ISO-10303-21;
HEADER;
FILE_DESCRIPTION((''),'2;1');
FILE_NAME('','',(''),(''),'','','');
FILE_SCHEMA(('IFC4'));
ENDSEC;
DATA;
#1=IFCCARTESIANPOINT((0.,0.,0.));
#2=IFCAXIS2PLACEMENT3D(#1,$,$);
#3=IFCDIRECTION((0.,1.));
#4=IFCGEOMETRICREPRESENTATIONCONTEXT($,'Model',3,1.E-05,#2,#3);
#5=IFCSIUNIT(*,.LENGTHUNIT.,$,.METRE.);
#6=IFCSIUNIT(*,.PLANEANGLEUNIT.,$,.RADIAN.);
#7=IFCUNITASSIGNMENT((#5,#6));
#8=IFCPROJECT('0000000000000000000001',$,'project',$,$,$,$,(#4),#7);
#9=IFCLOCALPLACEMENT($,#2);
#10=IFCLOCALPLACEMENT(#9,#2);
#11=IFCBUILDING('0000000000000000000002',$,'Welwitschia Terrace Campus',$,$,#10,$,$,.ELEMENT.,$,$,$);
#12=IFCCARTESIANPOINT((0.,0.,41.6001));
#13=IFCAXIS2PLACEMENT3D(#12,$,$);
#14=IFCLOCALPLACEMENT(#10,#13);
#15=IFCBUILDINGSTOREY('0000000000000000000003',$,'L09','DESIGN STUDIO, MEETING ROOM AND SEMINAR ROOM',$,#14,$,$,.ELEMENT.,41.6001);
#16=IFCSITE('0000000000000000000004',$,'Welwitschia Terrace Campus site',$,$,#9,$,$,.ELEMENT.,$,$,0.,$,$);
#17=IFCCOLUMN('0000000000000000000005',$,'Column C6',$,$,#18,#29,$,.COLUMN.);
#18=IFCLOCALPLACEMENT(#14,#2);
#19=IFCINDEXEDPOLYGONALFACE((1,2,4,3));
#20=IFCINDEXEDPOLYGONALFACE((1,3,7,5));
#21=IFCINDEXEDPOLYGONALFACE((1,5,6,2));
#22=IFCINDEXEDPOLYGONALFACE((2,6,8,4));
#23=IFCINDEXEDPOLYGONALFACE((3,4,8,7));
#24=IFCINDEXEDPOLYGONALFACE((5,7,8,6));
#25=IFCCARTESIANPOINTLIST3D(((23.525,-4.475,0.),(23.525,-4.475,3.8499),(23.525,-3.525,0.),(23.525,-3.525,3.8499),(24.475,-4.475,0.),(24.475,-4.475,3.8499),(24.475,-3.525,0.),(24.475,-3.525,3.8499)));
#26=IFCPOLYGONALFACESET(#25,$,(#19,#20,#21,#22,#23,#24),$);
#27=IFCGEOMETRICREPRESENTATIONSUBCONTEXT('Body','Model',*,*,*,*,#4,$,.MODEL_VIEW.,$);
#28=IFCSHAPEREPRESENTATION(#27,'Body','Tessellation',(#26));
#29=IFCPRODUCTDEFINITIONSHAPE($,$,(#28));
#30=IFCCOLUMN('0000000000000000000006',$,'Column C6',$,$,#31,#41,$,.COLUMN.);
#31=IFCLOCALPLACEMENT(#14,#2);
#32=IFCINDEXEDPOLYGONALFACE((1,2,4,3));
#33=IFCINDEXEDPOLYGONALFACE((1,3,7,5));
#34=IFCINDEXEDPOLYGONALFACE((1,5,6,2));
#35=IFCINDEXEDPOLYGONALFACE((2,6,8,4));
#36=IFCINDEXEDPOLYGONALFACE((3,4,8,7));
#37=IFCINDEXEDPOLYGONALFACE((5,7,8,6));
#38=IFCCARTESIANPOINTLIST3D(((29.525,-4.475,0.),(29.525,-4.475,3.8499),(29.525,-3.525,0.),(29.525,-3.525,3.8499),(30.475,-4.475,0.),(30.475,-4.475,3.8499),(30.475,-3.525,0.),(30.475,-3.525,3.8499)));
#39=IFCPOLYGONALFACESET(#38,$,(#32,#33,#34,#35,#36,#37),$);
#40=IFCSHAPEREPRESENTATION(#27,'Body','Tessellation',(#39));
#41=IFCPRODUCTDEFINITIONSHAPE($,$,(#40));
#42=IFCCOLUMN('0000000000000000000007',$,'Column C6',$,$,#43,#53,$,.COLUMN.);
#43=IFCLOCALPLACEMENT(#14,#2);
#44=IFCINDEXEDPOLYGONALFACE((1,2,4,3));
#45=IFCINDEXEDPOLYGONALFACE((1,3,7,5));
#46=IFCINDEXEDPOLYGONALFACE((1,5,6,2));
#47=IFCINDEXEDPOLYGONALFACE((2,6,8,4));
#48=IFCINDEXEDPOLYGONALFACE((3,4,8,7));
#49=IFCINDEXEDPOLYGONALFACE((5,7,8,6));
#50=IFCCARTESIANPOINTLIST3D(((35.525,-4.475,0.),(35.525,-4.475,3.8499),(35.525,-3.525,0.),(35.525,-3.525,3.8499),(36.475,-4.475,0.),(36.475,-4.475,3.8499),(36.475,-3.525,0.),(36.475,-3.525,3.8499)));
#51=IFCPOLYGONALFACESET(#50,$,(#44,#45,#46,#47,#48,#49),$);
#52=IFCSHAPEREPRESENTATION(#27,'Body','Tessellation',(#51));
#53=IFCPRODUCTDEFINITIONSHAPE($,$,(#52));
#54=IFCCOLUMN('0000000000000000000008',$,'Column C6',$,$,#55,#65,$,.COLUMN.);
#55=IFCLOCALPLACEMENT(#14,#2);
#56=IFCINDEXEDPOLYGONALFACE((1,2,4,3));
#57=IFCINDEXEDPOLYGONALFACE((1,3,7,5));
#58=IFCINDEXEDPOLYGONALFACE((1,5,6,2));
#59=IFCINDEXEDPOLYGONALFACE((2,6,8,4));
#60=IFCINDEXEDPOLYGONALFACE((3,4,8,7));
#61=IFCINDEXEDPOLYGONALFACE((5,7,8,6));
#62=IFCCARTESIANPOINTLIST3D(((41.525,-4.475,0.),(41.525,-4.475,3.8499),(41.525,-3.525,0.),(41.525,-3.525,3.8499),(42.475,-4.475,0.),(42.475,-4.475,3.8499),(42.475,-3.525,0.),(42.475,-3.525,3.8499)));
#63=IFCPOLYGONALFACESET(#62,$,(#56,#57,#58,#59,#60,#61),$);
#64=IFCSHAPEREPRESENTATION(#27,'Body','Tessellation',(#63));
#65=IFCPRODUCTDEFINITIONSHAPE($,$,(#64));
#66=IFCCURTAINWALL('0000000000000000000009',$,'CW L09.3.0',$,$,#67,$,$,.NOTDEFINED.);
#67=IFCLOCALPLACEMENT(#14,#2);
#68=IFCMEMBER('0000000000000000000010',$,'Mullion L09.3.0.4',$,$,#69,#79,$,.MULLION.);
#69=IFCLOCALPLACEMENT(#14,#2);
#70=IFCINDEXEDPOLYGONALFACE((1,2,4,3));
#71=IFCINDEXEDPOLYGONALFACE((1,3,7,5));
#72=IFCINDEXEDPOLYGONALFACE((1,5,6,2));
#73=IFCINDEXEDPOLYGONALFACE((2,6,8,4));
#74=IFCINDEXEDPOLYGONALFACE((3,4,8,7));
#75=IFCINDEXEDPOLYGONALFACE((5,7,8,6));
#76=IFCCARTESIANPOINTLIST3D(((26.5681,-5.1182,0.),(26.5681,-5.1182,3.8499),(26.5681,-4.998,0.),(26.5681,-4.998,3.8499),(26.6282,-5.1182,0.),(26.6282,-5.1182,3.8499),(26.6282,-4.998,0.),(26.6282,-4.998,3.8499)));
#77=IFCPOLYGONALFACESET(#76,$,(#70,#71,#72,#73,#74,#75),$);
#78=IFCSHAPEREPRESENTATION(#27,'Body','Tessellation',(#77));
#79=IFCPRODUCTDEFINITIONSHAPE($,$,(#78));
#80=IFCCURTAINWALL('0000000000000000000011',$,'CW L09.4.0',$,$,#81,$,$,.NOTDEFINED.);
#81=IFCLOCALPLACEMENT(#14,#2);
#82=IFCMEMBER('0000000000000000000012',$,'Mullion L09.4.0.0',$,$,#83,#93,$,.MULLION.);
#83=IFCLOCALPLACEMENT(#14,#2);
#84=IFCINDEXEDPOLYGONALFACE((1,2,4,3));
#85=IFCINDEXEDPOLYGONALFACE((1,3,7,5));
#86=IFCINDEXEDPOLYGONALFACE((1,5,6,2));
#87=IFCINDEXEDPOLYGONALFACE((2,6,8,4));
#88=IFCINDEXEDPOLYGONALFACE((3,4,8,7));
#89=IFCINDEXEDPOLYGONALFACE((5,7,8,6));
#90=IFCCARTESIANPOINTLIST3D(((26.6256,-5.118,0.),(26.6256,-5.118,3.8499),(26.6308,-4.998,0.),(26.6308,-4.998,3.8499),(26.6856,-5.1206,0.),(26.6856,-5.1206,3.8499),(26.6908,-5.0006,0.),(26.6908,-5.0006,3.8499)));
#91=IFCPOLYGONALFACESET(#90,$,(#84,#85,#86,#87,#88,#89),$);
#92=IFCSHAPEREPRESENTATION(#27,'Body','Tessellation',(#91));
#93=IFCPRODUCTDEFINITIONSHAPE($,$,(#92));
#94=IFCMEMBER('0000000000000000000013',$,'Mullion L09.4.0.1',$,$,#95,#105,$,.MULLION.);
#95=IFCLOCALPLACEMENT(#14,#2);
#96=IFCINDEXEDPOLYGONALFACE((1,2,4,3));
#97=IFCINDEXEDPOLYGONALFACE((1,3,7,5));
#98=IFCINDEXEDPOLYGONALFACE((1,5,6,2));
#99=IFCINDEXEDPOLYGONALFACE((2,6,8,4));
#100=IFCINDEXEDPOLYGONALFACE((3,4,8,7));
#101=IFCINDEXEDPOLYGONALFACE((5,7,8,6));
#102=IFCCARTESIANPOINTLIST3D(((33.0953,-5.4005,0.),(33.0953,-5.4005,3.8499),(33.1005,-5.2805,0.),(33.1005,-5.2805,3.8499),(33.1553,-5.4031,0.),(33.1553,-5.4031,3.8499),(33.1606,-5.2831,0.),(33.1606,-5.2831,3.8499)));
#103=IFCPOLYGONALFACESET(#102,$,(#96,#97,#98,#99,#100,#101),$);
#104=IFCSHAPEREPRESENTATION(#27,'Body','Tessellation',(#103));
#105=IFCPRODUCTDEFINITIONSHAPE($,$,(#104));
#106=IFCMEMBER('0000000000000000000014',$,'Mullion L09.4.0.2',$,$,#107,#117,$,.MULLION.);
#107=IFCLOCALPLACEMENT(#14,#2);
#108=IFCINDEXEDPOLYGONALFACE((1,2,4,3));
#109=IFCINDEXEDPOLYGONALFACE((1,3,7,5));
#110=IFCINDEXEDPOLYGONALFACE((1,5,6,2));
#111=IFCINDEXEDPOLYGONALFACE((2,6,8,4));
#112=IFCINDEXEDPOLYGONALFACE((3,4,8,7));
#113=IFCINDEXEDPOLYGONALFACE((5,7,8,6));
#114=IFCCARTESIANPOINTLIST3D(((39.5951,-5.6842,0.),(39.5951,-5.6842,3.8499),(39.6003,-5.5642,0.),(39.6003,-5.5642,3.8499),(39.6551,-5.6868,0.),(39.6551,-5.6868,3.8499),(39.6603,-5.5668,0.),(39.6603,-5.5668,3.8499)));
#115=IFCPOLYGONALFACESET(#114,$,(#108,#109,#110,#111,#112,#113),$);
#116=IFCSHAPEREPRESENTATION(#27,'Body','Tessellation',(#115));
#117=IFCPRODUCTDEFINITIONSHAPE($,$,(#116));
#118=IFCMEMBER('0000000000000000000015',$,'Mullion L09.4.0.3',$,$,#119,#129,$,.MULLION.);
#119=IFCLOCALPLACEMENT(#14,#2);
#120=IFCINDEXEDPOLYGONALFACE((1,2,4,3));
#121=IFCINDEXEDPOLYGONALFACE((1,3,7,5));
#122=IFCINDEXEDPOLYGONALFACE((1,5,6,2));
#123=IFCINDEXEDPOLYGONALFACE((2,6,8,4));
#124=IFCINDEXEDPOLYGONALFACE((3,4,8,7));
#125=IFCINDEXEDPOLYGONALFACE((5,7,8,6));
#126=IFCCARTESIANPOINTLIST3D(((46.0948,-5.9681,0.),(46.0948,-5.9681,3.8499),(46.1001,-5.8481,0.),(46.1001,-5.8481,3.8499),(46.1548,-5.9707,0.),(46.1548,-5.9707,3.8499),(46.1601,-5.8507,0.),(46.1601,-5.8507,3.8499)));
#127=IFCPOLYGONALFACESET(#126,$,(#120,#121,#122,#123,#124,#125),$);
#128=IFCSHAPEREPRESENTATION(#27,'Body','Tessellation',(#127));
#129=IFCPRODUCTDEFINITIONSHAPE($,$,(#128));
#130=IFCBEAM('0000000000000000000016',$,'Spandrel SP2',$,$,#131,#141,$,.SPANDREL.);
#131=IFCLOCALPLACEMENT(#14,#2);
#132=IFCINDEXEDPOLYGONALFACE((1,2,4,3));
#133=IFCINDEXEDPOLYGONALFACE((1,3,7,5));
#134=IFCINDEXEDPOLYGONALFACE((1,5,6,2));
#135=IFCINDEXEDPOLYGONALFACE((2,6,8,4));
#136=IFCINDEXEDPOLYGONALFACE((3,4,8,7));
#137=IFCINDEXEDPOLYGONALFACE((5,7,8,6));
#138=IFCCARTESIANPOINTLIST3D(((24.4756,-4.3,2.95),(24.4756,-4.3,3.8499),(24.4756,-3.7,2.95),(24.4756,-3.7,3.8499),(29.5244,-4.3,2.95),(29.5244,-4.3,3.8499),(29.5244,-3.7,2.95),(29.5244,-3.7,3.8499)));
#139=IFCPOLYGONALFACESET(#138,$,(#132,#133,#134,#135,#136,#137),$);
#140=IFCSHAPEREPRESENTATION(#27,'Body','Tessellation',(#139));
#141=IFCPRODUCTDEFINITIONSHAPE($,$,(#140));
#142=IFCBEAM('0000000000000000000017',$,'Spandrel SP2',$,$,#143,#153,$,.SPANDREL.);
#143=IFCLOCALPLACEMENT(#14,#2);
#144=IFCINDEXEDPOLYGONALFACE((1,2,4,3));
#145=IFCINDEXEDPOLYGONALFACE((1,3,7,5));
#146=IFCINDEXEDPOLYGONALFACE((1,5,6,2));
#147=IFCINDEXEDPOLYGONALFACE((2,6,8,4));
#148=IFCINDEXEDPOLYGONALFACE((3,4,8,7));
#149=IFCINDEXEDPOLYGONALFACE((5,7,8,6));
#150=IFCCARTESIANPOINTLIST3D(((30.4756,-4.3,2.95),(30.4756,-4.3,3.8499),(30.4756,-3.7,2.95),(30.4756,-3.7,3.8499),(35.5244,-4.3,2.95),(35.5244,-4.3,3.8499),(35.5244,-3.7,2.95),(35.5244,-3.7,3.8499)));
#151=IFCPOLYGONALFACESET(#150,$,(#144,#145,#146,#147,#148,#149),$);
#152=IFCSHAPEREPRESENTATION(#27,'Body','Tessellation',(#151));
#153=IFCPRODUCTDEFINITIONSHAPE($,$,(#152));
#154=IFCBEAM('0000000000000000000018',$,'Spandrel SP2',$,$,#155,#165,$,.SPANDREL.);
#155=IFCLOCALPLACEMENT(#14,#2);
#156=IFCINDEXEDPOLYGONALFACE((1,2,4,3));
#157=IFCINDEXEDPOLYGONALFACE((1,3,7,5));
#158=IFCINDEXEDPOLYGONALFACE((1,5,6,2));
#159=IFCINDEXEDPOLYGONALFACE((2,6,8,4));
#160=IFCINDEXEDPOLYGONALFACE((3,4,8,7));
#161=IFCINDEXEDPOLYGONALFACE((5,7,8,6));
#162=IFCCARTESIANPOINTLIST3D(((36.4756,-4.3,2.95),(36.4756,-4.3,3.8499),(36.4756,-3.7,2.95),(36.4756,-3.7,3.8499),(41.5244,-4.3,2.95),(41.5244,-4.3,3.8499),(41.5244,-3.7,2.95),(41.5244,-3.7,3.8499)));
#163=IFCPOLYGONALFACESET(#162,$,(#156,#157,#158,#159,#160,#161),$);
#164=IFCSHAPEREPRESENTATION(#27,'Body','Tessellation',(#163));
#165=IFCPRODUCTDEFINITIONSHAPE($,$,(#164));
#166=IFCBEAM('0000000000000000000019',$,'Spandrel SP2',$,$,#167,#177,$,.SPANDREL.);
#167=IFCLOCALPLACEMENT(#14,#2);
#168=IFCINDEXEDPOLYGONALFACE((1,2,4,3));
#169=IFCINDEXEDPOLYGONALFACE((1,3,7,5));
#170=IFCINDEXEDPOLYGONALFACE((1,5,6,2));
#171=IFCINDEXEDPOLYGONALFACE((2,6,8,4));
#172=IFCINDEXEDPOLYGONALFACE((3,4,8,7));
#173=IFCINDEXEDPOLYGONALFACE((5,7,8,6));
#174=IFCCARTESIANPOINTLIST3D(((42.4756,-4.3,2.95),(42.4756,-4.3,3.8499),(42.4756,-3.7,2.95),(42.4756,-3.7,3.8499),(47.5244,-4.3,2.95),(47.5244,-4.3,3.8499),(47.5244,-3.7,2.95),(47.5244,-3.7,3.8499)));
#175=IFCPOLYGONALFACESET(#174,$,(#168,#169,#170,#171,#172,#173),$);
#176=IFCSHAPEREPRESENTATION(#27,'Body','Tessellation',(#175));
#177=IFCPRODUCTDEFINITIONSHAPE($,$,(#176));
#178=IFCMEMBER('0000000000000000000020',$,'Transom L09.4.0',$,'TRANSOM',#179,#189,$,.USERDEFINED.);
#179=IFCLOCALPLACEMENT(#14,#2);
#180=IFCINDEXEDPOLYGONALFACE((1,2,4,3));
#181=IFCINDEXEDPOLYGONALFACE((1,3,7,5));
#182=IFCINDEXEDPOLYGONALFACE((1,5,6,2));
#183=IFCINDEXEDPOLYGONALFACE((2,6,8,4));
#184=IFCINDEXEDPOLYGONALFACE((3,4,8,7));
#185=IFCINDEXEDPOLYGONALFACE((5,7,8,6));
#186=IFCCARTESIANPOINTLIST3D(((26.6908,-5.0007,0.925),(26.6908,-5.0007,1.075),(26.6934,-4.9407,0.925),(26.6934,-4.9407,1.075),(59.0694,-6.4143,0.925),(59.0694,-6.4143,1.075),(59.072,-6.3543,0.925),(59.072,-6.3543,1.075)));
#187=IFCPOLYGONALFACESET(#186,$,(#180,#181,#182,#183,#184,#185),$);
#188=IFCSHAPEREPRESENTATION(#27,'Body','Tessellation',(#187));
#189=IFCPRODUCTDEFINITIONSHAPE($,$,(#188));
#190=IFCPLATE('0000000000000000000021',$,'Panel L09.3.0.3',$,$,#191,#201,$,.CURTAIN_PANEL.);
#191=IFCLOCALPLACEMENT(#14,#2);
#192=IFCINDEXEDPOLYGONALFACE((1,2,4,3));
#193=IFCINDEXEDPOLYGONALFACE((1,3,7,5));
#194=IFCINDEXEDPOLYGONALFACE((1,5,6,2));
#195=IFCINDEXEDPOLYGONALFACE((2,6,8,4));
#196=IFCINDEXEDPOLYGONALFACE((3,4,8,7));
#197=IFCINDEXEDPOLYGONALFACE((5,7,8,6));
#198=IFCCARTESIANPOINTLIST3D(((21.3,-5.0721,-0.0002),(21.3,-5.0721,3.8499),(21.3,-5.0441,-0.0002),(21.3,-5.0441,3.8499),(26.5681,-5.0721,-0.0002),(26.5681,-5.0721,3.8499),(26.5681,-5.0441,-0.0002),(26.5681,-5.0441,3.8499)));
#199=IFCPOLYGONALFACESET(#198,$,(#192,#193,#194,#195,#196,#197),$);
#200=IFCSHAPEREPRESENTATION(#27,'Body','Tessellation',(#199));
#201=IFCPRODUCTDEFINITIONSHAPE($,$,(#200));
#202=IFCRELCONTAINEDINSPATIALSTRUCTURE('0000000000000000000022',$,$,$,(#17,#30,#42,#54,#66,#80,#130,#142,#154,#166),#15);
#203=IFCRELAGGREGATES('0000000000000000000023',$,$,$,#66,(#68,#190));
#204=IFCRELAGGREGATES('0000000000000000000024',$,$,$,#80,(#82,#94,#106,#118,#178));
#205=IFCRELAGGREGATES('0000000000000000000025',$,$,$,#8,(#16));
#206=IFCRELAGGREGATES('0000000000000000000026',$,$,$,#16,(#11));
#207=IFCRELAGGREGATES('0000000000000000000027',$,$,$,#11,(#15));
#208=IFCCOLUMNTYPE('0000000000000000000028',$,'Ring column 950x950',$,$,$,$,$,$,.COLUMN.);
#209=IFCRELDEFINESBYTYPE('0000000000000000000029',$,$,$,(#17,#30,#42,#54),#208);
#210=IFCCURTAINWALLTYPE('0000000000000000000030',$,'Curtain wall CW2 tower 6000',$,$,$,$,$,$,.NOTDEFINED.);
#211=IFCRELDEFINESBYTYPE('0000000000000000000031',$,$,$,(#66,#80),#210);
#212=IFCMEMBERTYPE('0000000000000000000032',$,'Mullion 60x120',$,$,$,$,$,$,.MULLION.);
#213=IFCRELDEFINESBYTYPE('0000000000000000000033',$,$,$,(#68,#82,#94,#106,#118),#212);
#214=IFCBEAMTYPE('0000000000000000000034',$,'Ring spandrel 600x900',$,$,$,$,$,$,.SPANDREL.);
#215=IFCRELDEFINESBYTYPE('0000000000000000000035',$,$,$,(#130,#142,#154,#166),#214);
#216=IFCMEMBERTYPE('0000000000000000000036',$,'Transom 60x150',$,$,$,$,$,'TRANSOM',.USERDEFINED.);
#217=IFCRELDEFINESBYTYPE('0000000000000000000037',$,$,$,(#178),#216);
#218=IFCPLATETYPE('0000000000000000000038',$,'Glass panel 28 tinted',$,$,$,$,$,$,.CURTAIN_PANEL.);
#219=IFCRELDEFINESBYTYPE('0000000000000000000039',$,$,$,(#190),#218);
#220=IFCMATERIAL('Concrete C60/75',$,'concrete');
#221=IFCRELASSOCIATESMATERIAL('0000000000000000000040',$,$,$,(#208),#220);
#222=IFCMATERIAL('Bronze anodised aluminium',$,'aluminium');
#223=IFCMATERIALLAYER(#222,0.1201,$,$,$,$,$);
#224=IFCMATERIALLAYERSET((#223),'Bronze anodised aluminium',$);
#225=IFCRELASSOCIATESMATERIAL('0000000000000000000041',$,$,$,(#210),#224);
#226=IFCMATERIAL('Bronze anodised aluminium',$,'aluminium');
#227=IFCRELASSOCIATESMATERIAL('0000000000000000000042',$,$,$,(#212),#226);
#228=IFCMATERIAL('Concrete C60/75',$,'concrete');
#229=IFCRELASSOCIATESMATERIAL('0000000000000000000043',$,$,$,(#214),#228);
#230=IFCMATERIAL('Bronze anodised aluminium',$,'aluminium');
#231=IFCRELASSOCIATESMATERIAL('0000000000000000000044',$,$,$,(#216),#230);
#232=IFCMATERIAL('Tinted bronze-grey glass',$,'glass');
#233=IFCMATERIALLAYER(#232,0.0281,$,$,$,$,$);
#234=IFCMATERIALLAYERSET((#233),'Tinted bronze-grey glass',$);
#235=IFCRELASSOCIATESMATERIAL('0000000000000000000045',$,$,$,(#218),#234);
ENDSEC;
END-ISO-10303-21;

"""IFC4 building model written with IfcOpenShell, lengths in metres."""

from ifc_helpers import new_model, si_unit, direction, frame, origin, origin_2d, place, context, subcontext, project, spatial, rectangle, extrude, material, layer, layer_set, material_profile, profile_set, type_object, element, aggregate, save


model = new_model("IFC4")

# Units and contexts
model_context = context("Model", 3, precision=1e-05, world=origin(), true_north=direction((0.0, 1.0)))
body_context = subcontext(model_context, "Body", "Model", "MODEL_VIEW")
ifc_project = project(units=[si_unit("LENGTHUNIT", "METRE"), si_unit("PLANEANGLEUNIT", "RADIAN")], contexts=[model_context])

# Site, building, storey
site_placement = place(None, origin())
site = spatial("IfcSite", under=ifc_project, at=site_placement, Name="Welwitschia Terrace Campus site", CompositionType="ELEMENT", RefElevation=0.0)
building_placement = place(site_placement, origin())
building = spatial("IfcBuilding", under=site, at=building_placement, Name="Welwitschia Terrace Campus", CompositionType="ELEMENT")
storey_placement = place(building_placement, frame((0.0, 0.0, 41.6001)))
storey = spatial("IfcBuildingStorey", under=building, at=storey_placement, Name="L09", Description="DESIGN STUDIO, MEETING ROOM AND SEMINAR ROOM", CompositionType="ELEMENT", Elevation=41.6001)

# Columns
ifc_material_1 = material(Name="Concrete C60/75", Category="concrete")
ifc_material_profile_1 = material_profile(ifc_material_1, rectangle(XDim=0.95, YDim=0.95, at=origin_2d()))
ifc_profile_set_1 = profile_set([ifc_material_profile_1], Name="Concrete C60/75")
column_type = type_object("IfcColumnType", Name="Ring column 950x950", PredefinedType="COLUMN", material=ifc_profile_set_1)
for number, where, z_axis, x_axis, name in (
    (1, (24.0, -4.0, 0.0), (0.0, 0.0, 1.0), (1.0, 0.0, 0.0), "Column C6"),
    (2, (30.0, -4.0, 0.0), (0.0, 0.0, 1.0), (1.0, 0.0, 0.0), "Column C6"),
    (3, (36.0, -4.0, 0.0), (0.0, 0.0, 1.0), (1.0, 0.0, 0.0), "Column C6"),
    (4, (42.0, -4.0, 0.0), (0.0, 0.0, 1.0), (1.0, 0.0, 0.0), "Column C6"),
):
    element("IfcColumn", number, at=place(storey_placement, frame(where, z_axis=z_axis, x_axis=x_axis)), inside=storey, type_object=column_type, Name=name, PredefinedType="COLUMN", context=body_context, shape_type="SweptSolid", body=[
        extrude(rectangle(XDim=0.95, YDim=0.95, at=origin_2d()), origin(), (0.0, 0.0, 1.0), 3.8499),
    ])

# Curtain wall, member
ifc_material_2 = material(Name="Bronze anodised aluminium", Category="aluminium")
ifc_layer_1 = layer(ifc_material_2, 0.1201)
ifc_layer_set_1 = layer_set([ifc_layer_1], Name="Bronze anodised aluminium")
curtain_wall_type = type_object("IfcCurtainWallType", Name="Curtain wall CW2 tower 6000", PredefinedType="NOTDEFINED", material=ifc_layer_set_1)
curtain_wall_1_placement = place(storey_placement, origin())
curtain_wall_1 = element("IfcCurtainWall", 5, at=curtain_wall_1_placement, inside=storey, type_object=curtain_wall_type, Name="CW L09.3.0", PredefinedType="NOTDEFINED")
ifc_material_3 = material(Name="Bronze anodised aluminium", Category="aluminium")
ifc_material_profile_2 = material_profile(ifc_material_3, rectangle(XDim=0.1201, YDim=0.0601, at=origin_2d()))
ifc_profile_set_2 = profile_set([ifc_material_profile_2], Name="Bronze anodised aluminium")
member_type_1 = type_object("IfcMemberType", Name="Mullion 60x120", PredefinedType="MULLION", material=ifc_profile_set_2)
member_1_placement = place(storey_placement, frame((26.5981, -5.0581, 0.0), z_axis=(0.0, 0.0, 1.0), x_axis=(0.0, 1.0, 0.0)))
member_1 = element("IfcMember", 6, at=member_1_placement, type_object=member_type_1, Name="Mullion L09.3.0.4", PredefinedType="MULLION", context=body_context, shape_type="SweptSolid", body=[
    extrude(rectangle(XDim=0.1201, YDim=0.0601, at=origin_2d()), origin(), (0.0, 0.0, 1.0), 3.8499),
])

# Curtain wall, members
curtain_wall_2_placement = place(storey_placement, origin())
curtain_wall_2 = element("IfcCurtainWall", 7, at=curtain_wall_2_placement, inside=storey, type_object=curtain_wall_type, Name="CW L09.4.0", PredefinedType="NOTDEFINED")
member_2_placement = place(storey_placement, frame((26.6582, -5.0593, 0.0), z_axis=(0.0, 0.0, 1.0), x_axis=(0.043619, 0.999048, 0.0)))
member_2 = element("IfcMember", 8, at=member_2_placement, type_object=member_type_1, Name="Mullion L09.4.0.0", PredefinedType="MULLION", context=body_context, shape_type="SweptSolid", body=[
    extrude(rectangle(XDim=0.1201, YDim=0.0601, at=origin_2d()), origin(), (0.0, 0.0, 1.0), 3.8499),
])
member_3_placement = place(storey_placement, frame((33.1279, -5.3418, 0.0), z_axis=(0.0, 0.0, 1.0), x_axis=(0.043619, 0.999048, 0.0)))
member_3 = element("IfcMember", 9, at=member_3_placement, type_object=member_type_1, Name="Mullion L09.4.0.1", PredefinedType="MULLION", context=body_context, shape_type="SweptSolid", body=[
    extrude(rectangle(XDim=0.1201, YDim=0.0601, at=origin_2d()), origin(), (0.0, 0.0, 1.0), 3.8499),
])
member_4_placement = place(storey_placement, frame((39.6277, -5.6255, 0.0), z_axis=(0.0, 0.0, 1.0), x_axis=(0.043619, 0.999048, 0.0)))
member_4 = element("IfcMember", 10, at=member_4_placement, type_object=member_type_1, Name="Mullion L09.4.0.2", PredefinedType="MULLION", context=body_context, shape_type="SweptSolid", body=[
    extrude(rectangle(XDim=0.1201, YDim=0.0601, at=origin_2d()), origin(), (0.0, 0.0, 1.0), 3.8499),
])
member_5_placement = place(storey_placement, frame((46.1274, -5.9094, 0.0), z_axis=(0.0, 0.0, 1.0), x_axis=(0.043619, 0.999048, 0.0)))
member_5 = element("IfcMember", 11, at=member_5_placement, type_object=member_type_1, Name="Mullion L09.4.0.3", PredefinedType="MULLION", context=body_context, shape_type="SweptSolid", body=[
    extrude(rectangle(XDim=0.1201, YDim=0.0601, at=origin_2d()), origin(), (0.0, 0.0, 1.0), 3.8499),
])

# Beams
ifc_material_4 = material(Name="Concrete C60/75", Category="concrete")
ifc_material_profile_3 = material_profile(ifc_material_4, rectangle(XDim=0.6001, YDim=0.8999, at=origin_2d()))
ifc_profile_set_3 = profile_set([ifc_material_profile_3], Name="Concrete C60/75")
beam_type = type_object("IfcBeamType", Name="Ring spandrel 600x900", PredefinedType="SPANDREL", material=ifc_profile_set_3)
for number, where, z_axis, x_axis, name in (
    (12, (24.4756, -4.0, 3.3999), (1.0, 0.0, 0.0), (0.0, 1.0, 0.0), "Spandrel SP2"),
    (13, (30.4756, -4.0, 3.3999), (1.0, 0.0, 0.0), (0.0, 1.0, 0.0), "Spandrel SP2"),
    (14, (36.4756, -4.0, 3.3999), (1.0, 0.0, 0.0), (0.0, 1.0, 0.0), "Spandrel SP2"),
    (15, (42.4756, -4.0, 3.3999), (1.0, 0.0, 0.0), (0.0, 1.0, 0.0), "Spandrel SP2"),
):
    element("IfcBeam", number, at=place(storey_placement, frame(where, z_axis=z_axis, x_axis=x_axis)), inside=storey, type_object=beam_type, Name=name, PredefinedType="SPANDREL", context=body_context, shape_type="SweptSolid", body=[
        extrude(rectangle(XDim=0.6001, YDim=0.8999, at=origin_2d()), origin(), (0.0, 0.0, 1.0), 5.0488),
    ])

# Member
ifc_material_5 = material(Name="Bronze anodised aluminium", Category="aluminium")
ifc_material_profile_4 = material_profile(ifc_material_5, rectangle(XDim=0.0601, YDim=0.1499, at=origin_2d()))
ifc_profile_set_4 = profile_set([ifc_material_profile_4], Name="Bronze anodised aluminium")
member_type_2 = type_object("IfcMemberType", Name="Transom 60x150", ElementType="TRANSOM", PredefinedType="USERDEFINED", material=ifc_profile_set_4)
member_6_placement = place(storey_placement, frame((26.6921, -4.9707, 1.0), z_axis=(0.999048, -0.043616, 0.0), x_axis=(0.043616, 0.999048, 0.0)))
member_6 = element("IfcMember", 16, at=member_6_placement, type_object=member_type_2, Name="Transom L09.4.0", ObjectType="TRANSOM", PredefinedType="USERDEFINED", context=body_context, shape_type="SweptSolid", body=[
    extrude(rectangle(XDim=0.0601, YDim=0.1499, at=origin_2d()), origin(), (0.0, 0.0, 1.0), 32.4094),
])

# Plate
ifc_material_6 = material(Name="Tinted bronze-grey glass", Category="glass")
ifc_layer_2 = layer(ifc_material_6, 0.0281)
ifc_layer_set_2 = layer_set([ifc_layer_2], Name="Tinted bronze-grey glass")
plate_type = type_object("IfcPlateType", Name="Glass panel 28 tinted", PredefinedType="CURTAIN_PANEL", material=ifc_layer_set_2)
plate_1_placement = place(storey_placement, frame((23.9341, -5.0581, -0.0002), z_axis=(0.0, 0.0, 1.0), x_axis=(1.0, 0.0, 0.0)))
plate_1 = element("IfcPlate", 17, at=plate_1_placement, type_object=plate_type, Name="Panel L09.3.0.3", PredefinedType="CURTAIN_PANEL", context=body_context, shape_type="SweptSolid", body=[
    extrude(rectangle(XDim=5.2681, YDim=0.0281, at=origin_2d()), origin(), (0.0, 0.0, 1.0), 3.8501),
])
aggregate(curtain_wall_1, [member_1, plate_1])
aggregate(curtain_wall_2, [member_2, member_3, member_4, member_5, member_6])

save(model, "model.ifc")
